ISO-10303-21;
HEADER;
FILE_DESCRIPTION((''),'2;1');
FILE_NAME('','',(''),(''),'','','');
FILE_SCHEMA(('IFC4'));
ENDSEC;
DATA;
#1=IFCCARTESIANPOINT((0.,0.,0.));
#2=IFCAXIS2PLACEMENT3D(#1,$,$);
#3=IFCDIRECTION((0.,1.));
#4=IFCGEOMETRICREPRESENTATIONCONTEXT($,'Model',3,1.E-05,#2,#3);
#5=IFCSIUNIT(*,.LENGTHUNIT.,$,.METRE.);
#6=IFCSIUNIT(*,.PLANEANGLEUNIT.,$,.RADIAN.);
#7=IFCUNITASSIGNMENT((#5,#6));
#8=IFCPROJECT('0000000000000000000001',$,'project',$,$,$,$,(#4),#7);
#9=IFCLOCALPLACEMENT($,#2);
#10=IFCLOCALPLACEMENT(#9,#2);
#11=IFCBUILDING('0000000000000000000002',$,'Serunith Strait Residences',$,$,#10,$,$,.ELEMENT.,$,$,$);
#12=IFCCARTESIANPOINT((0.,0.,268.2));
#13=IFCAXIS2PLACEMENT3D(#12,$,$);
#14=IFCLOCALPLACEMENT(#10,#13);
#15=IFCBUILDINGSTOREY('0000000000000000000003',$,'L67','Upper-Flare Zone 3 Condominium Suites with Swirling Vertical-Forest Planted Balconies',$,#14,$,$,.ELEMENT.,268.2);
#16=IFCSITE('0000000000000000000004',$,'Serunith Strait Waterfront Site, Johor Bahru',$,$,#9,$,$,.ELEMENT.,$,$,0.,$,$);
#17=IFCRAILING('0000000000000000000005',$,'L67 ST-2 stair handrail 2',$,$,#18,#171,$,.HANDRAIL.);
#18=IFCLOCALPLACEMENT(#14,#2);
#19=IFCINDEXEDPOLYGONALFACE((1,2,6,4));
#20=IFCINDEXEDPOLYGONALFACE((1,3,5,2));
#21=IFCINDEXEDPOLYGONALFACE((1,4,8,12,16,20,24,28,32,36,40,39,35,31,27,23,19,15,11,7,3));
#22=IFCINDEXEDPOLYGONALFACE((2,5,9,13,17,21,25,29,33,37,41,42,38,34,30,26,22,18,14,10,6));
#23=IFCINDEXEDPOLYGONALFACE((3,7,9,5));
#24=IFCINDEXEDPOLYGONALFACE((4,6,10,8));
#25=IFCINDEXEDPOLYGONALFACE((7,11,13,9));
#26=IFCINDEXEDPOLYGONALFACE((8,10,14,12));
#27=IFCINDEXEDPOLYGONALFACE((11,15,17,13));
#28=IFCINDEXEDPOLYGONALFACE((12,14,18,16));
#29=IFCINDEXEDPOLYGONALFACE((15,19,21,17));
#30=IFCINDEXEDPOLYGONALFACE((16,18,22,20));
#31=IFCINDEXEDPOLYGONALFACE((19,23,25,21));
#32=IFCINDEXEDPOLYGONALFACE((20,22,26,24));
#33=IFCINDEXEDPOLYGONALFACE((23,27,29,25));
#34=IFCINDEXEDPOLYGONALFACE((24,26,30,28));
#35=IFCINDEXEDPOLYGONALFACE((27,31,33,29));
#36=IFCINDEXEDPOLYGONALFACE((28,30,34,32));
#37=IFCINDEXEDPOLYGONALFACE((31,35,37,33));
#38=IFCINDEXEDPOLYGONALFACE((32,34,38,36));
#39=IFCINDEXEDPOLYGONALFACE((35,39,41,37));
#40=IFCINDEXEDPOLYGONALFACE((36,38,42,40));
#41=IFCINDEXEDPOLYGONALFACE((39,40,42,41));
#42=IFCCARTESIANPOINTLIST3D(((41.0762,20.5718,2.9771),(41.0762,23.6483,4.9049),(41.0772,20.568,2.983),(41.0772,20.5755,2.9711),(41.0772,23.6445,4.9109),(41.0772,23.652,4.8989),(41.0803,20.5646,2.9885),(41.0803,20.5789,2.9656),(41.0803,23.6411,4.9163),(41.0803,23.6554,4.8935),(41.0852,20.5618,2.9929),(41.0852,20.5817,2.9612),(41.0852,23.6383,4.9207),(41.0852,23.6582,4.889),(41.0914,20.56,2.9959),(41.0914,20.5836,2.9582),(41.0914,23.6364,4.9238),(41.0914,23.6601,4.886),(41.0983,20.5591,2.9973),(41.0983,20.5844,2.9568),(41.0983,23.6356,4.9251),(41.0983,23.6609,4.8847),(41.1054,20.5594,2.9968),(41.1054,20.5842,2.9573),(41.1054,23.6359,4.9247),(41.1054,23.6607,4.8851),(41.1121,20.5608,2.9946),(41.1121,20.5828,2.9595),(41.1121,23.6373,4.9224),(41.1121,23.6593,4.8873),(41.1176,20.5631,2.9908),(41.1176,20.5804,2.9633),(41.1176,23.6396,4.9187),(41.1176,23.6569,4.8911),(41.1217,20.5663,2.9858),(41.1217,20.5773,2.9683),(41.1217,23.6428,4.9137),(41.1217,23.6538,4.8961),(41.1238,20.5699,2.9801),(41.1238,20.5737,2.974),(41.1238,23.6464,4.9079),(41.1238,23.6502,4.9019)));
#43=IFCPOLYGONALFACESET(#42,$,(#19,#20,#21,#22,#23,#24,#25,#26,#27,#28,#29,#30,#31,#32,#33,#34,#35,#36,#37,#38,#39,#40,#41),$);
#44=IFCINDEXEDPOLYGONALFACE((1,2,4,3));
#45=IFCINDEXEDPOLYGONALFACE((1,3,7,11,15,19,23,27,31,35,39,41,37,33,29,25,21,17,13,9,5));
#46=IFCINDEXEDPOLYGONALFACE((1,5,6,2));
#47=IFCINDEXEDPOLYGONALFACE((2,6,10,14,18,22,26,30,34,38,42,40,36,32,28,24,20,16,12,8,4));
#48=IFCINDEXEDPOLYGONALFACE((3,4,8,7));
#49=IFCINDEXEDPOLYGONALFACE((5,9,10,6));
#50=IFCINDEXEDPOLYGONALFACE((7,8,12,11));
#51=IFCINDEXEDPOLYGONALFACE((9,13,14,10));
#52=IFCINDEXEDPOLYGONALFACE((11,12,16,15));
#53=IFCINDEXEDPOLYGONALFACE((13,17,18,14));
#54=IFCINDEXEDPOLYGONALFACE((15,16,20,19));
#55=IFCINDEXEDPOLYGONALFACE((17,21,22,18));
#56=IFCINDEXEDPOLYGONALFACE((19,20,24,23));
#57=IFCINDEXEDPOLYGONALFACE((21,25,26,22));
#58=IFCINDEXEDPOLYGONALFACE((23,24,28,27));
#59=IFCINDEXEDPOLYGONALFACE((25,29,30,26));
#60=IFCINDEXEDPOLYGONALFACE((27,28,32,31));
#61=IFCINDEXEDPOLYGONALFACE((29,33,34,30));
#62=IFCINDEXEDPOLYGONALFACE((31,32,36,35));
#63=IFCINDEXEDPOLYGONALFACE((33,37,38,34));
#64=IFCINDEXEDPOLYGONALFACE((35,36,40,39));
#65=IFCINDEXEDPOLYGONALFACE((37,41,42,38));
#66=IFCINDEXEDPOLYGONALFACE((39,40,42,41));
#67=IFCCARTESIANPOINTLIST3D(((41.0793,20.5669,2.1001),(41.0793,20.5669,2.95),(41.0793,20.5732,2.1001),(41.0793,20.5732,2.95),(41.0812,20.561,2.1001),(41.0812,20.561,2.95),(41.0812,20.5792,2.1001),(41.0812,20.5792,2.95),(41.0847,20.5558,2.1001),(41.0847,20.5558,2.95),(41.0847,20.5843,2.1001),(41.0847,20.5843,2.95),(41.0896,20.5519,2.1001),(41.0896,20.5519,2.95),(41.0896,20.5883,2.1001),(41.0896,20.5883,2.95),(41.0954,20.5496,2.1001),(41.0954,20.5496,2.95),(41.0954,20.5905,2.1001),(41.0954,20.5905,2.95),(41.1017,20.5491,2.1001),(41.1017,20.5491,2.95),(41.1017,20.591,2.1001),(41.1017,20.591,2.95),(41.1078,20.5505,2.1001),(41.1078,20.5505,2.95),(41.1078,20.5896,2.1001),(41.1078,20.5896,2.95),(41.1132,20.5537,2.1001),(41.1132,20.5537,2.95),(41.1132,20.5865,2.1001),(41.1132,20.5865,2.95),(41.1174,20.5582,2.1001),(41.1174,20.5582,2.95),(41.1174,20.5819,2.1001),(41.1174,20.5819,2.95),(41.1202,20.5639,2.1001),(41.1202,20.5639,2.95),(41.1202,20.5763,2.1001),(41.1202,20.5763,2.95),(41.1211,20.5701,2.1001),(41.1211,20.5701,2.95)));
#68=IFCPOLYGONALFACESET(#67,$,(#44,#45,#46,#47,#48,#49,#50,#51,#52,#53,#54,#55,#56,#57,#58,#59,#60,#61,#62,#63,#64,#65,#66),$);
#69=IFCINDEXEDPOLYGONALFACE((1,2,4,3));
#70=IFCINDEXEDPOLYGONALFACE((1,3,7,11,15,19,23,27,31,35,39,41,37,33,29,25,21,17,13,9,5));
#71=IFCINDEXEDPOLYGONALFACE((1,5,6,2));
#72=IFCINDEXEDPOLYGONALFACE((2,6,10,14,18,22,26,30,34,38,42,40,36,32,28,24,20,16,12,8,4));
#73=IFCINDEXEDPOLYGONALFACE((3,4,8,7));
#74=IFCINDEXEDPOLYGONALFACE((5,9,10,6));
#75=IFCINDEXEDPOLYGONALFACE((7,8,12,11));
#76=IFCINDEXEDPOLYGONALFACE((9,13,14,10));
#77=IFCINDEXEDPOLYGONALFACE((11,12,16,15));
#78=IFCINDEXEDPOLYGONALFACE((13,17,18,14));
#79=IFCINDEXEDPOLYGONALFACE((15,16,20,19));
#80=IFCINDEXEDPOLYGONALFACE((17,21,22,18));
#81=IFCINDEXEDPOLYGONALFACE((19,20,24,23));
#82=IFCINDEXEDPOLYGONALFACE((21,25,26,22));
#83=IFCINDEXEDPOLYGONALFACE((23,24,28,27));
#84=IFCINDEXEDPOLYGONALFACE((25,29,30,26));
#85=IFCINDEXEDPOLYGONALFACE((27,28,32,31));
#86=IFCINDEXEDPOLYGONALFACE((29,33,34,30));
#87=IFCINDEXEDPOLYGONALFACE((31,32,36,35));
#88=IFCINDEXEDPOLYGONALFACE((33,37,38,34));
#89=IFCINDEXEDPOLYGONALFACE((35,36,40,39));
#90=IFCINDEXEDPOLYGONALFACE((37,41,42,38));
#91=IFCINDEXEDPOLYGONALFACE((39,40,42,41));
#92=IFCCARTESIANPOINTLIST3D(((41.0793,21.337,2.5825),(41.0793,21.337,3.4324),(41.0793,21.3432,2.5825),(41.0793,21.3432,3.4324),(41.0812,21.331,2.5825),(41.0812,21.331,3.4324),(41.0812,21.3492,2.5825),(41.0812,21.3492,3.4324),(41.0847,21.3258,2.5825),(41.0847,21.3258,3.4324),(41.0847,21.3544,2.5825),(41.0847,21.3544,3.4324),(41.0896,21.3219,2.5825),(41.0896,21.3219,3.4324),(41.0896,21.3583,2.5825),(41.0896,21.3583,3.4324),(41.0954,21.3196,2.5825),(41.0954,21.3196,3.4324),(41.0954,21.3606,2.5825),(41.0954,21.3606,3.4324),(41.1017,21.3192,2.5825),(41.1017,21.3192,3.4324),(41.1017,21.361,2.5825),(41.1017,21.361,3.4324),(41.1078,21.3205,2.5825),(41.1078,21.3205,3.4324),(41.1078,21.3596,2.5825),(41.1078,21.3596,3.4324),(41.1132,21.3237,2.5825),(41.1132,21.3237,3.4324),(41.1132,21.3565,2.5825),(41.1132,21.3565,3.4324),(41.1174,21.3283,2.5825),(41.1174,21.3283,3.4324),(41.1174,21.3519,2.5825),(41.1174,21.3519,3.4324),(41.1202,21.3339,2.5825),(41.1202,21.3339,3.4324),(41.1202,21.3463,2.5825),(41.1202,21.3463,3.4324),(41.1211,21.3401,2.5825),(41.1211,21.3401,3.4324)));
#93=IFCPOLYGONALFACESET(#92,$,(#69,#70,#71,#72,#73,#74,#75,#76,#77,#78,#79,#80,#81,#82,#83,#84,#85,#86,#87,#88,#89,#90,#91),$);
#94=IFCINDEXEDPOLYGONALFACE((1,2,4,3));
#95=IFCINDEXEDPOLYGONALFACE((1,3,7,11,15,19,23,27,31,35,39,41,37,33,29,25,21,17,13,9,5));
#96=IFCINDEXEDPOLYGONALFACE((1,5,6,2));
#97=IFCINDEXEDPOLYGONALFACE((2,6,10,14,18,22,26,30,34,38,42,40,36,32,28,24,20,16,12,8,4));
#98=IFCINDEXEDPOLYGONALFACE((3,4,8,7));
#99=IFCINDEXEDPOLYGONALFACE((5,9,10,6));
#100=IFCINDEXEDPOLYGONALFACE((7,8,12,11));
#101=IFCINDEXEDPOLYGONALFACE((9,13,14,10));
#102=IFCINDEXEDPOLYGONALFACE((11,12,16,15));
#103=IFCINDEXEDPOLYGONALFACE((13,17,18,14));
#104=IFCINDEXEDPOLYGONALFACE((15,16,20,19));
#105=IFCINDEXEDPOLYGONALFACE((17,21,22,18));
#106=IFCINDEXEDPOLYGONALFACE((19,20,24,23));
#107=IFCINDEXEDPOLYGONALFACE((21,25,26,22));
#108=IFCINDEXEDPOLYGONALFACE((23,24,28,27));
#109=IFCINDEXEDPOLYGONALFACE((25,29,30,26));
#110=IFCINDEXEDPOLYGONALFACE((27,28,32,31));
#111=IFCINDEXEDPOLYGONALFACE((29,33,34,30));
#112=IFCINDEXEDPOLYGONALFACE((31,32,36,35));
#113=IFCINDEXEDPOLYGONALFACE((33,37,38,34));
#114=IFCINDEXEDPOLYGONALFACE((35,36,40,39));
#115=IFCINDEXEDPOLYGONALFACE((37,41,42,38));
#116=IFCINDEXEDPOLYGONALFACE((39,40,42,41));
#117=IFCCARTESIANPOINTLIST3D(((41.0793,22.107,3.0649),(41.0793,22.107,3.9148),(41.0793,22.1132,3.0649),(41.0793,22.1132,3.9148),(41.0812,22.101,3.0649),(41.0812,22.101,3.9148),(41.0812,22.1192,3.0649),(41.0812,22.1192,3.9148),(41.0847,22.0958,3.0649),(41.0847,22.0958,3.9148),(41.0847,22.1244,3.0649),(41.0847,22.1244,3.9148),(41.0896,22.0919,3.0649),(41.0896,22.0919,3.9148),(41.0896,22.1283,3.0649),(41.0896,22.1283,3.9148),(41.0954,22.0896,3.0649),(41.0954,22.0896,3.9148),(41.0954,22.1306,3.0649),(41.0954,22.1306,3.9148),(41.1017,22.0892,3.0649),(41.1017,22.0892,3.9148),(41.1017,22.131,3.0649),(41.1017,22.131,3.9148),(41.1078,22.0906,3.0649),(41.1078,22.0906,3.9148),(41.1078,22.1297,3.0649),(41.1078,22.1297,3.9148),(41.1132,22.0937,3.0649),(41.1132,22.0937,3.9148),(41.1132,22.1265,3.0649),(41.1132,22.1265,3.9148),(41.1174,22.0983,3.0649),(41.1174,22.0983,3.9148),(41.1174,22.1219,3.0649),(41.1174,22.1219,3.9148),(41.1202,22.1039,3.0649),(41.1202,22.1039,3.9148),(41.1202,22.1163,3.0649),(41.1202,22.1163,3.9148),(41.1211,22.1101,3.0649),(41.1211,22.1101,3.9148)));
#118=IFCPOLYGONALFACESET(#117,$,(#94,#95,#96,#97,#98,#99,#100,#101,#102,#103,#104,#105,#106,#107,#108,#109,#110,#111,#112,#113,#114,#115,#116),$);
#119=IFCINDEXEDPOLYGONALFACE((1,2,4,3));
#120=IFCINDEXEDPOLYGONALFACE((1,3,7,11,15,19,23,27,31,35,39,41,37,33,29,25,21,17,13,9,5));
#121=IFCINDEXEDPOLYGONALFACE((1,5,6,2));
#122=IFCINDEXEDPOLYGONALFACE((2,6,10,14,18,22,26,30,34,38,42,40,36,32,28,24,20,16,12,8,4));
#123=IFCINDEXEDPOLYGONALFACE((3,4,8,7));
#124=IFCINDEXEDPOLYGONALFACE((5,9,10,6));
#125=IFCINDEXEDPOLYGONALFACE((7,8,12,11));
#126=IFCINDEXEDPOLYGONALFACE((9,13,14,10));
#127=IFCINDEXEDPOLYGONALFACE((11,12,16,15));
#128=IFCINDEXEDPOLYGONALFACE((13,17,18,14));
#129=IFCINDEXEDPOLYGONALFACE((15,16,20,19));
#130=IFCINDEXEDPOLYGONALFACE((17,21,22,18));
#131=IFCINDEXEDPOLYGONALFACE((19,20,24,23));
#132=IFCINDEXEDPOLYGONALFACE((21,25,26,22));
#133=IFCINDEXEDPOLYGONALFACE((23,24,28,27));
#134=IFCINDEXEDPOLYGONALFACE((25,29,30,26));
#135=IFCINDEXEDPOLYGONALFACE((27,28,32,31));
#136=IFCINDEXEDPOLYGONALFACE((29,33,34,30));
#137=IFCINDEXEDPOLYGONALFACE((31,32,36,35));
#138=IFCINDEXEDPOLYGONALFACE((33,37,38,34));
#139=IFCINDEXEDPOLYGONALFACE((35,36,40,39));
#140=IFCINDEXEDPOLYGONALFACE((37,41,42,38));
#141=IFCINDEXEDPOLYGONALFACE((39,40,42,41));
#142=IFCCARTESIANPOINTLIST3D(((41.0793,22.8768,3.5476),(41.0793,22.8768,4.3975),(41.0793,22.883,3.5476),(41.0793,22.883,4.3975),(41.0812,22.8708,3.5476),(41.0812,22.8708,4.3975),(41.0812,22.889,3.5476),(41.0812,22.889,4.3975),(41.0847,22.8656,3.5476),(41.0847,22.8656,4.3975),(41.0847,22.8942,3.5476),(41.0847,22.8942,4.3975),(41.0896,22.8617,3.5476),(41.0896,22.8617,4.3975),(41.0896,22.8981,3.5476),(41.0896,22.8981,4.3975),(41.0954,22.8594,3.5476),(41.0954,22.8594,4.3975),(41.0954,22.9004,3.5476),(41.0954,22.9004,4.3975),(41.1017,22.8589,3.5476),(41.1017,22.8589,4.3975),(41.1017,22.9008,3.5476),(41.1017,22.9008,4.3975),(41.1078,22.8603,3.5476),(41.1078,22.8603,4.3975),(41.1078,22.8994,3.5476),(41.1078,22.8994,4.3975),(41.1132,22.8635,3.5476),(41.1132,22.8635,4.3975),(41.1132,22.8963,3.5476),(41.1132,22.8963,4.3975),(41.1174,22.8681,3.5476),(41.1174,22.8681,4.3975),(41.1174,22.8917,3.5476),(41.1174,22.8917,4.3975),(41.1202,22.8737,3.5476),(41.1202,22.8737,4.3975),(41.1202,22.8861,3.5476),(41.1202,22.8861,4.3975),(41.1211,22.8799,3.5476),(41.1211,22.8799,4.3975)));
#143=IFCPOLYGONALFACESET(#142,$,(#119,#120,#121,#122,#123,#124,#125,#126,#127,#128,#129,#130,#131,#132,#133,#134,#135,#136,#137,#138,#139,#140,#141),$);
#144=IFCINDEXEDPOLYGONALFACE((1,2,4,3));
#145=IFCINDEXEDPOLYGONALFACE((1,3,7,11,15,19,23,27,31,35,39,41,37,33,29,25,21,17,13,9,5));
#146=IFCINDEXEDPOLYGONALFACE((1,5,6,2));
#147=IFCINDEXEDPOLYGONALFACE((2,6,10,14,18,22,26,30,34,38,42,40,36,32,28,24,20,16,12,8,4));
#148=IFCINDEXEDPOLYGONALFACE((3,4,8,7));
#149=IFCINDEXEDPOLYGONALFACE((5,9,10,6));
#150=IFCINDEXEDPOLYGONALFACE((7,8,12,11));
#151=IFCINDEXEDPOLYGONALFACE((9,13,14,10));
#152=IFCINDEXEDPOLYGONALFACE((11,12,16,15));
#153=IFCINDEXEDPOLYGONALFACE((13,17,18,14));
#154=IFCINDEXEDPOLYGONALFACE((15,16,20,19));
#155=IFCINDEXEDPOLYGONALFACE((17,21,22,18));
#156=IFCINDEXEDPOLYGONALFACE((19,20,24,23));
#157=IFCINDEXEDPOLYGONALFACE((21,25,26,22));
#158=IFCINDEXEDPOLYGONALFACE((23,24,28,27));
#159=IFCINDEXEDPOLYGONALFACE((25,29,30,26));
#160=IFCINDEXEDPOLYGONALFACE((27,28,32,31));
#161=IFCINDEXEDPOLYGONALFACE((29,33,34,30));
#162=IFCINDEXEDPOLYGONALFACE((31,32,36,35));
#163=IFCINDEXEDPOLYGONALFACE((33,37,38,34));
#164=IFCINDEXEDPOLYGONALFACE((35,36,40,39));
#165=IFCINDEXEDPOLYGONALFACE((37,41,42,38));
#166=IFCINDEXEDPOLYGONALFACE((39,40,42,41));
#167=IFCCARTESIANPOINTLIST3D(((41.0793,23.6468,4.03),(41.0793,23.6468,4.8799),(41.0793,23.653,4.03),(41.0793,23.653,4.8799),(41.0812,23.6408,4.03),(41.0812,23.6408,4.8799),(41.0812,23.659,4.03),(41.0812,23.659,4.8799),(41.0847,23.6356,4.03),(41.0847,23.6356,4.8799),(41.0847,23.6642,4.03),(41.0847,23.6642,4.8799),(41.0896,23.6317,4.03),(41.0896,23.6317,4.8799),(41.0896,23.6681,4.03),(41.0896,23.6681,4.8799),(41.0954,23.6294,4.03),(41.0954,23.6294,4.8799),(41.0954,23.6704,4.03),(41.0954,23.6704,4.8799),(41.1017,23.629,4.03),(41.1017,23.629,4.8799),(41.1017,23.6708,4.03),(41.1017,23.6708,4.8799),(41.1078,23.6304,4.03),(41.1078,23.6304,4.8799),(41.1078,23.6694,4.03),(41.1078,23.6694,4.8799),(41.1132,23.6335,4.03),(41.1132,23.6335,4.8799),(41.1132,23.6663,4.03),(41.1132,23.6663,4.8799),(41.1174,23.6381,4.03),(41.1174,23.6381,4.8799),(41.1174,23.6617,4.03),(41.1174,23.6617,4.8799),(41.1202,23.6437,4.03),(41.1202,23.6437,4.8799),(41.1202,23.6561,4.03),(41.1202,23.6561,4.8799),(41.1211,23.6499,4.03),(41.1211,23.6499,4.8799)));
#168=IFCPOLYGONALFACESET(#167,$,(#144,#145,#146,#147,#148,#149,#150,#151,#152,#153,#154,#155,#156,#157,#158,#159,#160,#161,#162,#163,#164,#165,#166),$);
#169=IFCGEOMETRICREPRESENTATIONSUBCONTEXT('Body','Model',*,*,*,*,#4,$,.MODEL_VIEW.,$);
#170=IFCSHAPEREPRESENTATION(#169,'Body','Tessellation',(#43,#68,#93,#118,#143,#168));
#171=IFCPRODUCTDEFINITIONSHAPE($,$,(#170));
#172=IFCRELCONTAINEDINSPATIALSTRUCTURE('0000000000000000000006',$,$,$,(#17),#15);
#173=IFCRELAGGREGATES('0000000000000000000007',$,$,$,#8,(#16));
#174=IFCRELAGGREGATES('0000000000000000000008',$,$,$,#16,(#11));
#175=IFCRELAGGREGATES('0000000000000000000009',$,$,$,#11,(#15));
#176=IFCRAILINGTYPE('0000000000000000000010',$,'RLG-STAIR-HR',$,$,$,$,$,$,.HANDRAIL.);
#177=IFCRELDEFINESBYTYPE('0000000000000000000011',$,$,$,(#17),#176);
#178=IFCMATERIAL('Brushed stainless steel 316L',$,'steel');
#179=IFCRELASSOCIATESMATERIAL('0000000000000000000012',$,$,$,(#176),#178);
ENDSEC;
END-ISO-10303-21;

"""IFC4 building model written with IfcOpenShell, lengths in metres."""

from ifc_helpers import new_model, si_unit, direction, frame, origin, origin_2d, place, context, subcontext, project, spatial, circle, extrude, material, type_object, element, save


model = new_model("IFC4")

# Units and contexts
model_context = context("Model", 3, precision=1e-05, world=origin(), true_north=direction((0.0, 1.0)))
body_context = subcontext(model_context, "Body", "Model", "MODEL_VIEW")
ifc_project = project(units=[si_unit("LENGTHUNIT", "METRE"), si_unit("PLANEANGLEUNIT", "RADIAN")], contexts=[model_context])

# Site, building, storey
site_placement = place(None, origin())
site = spatial("IfcSite", under=ifc_project, at=site_placement, Name="Serunith Strait Waterfront Site, Johor Bahru", CompositionType="ELEMENT", RefElevation=0.0)
building_placement = place(site_placement, origin())
building = spatial("IfcBuilding", under=site, at=building_placement, Name="Serunith Strait Residences", CompositionType="ELEMENT")
storey_placement = place(building_placement, frame((0.0, 0.0, 268.2)))
storey = spatial("IfcBuildingStorey", under=building, at=storey_placement, Name="L67", Description="Upper-Flare Zone 3 Condominium Suites with Swirling Vertical-Forest Planted Balconies", CompositionType="ELEMENT", Elevation=268.2)

# Railing
ifc_material_1 = material(Name="Brushed stainless steel 316L", Category="steel")
railing_type_1 = type_object("IfcRailingType", Name="RLG-STAIR-HR", PredefinedType="HANDRAIL", material=ifc_material_1)
railing_1_placement = place(storey_placement, frame((41.1001, 20.5701, 2.1001)))
element("IfcRailing", 1, at=railing_1_placement, inside=storey, type_object=railing_type_1, Name="L67 ST-2 stair handrail 2", PredefinedType="HANDRAIL", context=body_context, shape_type="SweptSolid", body=[
    extrude(circle(Radius=0.0239, at=origin_2d()), frame((0.0, 0.0017, 0.877), z_axis=(0.0, 0.847375, 0.530995), x_axis=(-1.0, 0.0, 0.0)), (0.0, 0.0, 1.0), 3.6306),
    extrude(circle(Radius=0.021, at=origin_2d()), origin(), (0.0, 0.0, 1.0), 0.8499),
    extrude(circle(Radius=0.021, at=origin_2d()), frame((0.0, 0.77, 0.4824)), (0.0, 0.0, 1.0), 0.8499),
    extrude(circle(Radius=0.021, at=origin_2d()), frame((0.0, 1.54, 0.9648)), (0.0, 0.0, 1.0), 0.8499),
    extrude(circle(Radius=0.021, at=origin_2d()), frame((0.0, 2.3098, 1.4475)), (0.0, 0.0, 1.0), 0.8499),
    extrude(circle(Radius=0.021, at=origin_2d()), frame((0.0, 3.0798, 1.9299)), (0.0, 0.0, 1.0), 0.8499),
])

save(model, "model.ifc")
